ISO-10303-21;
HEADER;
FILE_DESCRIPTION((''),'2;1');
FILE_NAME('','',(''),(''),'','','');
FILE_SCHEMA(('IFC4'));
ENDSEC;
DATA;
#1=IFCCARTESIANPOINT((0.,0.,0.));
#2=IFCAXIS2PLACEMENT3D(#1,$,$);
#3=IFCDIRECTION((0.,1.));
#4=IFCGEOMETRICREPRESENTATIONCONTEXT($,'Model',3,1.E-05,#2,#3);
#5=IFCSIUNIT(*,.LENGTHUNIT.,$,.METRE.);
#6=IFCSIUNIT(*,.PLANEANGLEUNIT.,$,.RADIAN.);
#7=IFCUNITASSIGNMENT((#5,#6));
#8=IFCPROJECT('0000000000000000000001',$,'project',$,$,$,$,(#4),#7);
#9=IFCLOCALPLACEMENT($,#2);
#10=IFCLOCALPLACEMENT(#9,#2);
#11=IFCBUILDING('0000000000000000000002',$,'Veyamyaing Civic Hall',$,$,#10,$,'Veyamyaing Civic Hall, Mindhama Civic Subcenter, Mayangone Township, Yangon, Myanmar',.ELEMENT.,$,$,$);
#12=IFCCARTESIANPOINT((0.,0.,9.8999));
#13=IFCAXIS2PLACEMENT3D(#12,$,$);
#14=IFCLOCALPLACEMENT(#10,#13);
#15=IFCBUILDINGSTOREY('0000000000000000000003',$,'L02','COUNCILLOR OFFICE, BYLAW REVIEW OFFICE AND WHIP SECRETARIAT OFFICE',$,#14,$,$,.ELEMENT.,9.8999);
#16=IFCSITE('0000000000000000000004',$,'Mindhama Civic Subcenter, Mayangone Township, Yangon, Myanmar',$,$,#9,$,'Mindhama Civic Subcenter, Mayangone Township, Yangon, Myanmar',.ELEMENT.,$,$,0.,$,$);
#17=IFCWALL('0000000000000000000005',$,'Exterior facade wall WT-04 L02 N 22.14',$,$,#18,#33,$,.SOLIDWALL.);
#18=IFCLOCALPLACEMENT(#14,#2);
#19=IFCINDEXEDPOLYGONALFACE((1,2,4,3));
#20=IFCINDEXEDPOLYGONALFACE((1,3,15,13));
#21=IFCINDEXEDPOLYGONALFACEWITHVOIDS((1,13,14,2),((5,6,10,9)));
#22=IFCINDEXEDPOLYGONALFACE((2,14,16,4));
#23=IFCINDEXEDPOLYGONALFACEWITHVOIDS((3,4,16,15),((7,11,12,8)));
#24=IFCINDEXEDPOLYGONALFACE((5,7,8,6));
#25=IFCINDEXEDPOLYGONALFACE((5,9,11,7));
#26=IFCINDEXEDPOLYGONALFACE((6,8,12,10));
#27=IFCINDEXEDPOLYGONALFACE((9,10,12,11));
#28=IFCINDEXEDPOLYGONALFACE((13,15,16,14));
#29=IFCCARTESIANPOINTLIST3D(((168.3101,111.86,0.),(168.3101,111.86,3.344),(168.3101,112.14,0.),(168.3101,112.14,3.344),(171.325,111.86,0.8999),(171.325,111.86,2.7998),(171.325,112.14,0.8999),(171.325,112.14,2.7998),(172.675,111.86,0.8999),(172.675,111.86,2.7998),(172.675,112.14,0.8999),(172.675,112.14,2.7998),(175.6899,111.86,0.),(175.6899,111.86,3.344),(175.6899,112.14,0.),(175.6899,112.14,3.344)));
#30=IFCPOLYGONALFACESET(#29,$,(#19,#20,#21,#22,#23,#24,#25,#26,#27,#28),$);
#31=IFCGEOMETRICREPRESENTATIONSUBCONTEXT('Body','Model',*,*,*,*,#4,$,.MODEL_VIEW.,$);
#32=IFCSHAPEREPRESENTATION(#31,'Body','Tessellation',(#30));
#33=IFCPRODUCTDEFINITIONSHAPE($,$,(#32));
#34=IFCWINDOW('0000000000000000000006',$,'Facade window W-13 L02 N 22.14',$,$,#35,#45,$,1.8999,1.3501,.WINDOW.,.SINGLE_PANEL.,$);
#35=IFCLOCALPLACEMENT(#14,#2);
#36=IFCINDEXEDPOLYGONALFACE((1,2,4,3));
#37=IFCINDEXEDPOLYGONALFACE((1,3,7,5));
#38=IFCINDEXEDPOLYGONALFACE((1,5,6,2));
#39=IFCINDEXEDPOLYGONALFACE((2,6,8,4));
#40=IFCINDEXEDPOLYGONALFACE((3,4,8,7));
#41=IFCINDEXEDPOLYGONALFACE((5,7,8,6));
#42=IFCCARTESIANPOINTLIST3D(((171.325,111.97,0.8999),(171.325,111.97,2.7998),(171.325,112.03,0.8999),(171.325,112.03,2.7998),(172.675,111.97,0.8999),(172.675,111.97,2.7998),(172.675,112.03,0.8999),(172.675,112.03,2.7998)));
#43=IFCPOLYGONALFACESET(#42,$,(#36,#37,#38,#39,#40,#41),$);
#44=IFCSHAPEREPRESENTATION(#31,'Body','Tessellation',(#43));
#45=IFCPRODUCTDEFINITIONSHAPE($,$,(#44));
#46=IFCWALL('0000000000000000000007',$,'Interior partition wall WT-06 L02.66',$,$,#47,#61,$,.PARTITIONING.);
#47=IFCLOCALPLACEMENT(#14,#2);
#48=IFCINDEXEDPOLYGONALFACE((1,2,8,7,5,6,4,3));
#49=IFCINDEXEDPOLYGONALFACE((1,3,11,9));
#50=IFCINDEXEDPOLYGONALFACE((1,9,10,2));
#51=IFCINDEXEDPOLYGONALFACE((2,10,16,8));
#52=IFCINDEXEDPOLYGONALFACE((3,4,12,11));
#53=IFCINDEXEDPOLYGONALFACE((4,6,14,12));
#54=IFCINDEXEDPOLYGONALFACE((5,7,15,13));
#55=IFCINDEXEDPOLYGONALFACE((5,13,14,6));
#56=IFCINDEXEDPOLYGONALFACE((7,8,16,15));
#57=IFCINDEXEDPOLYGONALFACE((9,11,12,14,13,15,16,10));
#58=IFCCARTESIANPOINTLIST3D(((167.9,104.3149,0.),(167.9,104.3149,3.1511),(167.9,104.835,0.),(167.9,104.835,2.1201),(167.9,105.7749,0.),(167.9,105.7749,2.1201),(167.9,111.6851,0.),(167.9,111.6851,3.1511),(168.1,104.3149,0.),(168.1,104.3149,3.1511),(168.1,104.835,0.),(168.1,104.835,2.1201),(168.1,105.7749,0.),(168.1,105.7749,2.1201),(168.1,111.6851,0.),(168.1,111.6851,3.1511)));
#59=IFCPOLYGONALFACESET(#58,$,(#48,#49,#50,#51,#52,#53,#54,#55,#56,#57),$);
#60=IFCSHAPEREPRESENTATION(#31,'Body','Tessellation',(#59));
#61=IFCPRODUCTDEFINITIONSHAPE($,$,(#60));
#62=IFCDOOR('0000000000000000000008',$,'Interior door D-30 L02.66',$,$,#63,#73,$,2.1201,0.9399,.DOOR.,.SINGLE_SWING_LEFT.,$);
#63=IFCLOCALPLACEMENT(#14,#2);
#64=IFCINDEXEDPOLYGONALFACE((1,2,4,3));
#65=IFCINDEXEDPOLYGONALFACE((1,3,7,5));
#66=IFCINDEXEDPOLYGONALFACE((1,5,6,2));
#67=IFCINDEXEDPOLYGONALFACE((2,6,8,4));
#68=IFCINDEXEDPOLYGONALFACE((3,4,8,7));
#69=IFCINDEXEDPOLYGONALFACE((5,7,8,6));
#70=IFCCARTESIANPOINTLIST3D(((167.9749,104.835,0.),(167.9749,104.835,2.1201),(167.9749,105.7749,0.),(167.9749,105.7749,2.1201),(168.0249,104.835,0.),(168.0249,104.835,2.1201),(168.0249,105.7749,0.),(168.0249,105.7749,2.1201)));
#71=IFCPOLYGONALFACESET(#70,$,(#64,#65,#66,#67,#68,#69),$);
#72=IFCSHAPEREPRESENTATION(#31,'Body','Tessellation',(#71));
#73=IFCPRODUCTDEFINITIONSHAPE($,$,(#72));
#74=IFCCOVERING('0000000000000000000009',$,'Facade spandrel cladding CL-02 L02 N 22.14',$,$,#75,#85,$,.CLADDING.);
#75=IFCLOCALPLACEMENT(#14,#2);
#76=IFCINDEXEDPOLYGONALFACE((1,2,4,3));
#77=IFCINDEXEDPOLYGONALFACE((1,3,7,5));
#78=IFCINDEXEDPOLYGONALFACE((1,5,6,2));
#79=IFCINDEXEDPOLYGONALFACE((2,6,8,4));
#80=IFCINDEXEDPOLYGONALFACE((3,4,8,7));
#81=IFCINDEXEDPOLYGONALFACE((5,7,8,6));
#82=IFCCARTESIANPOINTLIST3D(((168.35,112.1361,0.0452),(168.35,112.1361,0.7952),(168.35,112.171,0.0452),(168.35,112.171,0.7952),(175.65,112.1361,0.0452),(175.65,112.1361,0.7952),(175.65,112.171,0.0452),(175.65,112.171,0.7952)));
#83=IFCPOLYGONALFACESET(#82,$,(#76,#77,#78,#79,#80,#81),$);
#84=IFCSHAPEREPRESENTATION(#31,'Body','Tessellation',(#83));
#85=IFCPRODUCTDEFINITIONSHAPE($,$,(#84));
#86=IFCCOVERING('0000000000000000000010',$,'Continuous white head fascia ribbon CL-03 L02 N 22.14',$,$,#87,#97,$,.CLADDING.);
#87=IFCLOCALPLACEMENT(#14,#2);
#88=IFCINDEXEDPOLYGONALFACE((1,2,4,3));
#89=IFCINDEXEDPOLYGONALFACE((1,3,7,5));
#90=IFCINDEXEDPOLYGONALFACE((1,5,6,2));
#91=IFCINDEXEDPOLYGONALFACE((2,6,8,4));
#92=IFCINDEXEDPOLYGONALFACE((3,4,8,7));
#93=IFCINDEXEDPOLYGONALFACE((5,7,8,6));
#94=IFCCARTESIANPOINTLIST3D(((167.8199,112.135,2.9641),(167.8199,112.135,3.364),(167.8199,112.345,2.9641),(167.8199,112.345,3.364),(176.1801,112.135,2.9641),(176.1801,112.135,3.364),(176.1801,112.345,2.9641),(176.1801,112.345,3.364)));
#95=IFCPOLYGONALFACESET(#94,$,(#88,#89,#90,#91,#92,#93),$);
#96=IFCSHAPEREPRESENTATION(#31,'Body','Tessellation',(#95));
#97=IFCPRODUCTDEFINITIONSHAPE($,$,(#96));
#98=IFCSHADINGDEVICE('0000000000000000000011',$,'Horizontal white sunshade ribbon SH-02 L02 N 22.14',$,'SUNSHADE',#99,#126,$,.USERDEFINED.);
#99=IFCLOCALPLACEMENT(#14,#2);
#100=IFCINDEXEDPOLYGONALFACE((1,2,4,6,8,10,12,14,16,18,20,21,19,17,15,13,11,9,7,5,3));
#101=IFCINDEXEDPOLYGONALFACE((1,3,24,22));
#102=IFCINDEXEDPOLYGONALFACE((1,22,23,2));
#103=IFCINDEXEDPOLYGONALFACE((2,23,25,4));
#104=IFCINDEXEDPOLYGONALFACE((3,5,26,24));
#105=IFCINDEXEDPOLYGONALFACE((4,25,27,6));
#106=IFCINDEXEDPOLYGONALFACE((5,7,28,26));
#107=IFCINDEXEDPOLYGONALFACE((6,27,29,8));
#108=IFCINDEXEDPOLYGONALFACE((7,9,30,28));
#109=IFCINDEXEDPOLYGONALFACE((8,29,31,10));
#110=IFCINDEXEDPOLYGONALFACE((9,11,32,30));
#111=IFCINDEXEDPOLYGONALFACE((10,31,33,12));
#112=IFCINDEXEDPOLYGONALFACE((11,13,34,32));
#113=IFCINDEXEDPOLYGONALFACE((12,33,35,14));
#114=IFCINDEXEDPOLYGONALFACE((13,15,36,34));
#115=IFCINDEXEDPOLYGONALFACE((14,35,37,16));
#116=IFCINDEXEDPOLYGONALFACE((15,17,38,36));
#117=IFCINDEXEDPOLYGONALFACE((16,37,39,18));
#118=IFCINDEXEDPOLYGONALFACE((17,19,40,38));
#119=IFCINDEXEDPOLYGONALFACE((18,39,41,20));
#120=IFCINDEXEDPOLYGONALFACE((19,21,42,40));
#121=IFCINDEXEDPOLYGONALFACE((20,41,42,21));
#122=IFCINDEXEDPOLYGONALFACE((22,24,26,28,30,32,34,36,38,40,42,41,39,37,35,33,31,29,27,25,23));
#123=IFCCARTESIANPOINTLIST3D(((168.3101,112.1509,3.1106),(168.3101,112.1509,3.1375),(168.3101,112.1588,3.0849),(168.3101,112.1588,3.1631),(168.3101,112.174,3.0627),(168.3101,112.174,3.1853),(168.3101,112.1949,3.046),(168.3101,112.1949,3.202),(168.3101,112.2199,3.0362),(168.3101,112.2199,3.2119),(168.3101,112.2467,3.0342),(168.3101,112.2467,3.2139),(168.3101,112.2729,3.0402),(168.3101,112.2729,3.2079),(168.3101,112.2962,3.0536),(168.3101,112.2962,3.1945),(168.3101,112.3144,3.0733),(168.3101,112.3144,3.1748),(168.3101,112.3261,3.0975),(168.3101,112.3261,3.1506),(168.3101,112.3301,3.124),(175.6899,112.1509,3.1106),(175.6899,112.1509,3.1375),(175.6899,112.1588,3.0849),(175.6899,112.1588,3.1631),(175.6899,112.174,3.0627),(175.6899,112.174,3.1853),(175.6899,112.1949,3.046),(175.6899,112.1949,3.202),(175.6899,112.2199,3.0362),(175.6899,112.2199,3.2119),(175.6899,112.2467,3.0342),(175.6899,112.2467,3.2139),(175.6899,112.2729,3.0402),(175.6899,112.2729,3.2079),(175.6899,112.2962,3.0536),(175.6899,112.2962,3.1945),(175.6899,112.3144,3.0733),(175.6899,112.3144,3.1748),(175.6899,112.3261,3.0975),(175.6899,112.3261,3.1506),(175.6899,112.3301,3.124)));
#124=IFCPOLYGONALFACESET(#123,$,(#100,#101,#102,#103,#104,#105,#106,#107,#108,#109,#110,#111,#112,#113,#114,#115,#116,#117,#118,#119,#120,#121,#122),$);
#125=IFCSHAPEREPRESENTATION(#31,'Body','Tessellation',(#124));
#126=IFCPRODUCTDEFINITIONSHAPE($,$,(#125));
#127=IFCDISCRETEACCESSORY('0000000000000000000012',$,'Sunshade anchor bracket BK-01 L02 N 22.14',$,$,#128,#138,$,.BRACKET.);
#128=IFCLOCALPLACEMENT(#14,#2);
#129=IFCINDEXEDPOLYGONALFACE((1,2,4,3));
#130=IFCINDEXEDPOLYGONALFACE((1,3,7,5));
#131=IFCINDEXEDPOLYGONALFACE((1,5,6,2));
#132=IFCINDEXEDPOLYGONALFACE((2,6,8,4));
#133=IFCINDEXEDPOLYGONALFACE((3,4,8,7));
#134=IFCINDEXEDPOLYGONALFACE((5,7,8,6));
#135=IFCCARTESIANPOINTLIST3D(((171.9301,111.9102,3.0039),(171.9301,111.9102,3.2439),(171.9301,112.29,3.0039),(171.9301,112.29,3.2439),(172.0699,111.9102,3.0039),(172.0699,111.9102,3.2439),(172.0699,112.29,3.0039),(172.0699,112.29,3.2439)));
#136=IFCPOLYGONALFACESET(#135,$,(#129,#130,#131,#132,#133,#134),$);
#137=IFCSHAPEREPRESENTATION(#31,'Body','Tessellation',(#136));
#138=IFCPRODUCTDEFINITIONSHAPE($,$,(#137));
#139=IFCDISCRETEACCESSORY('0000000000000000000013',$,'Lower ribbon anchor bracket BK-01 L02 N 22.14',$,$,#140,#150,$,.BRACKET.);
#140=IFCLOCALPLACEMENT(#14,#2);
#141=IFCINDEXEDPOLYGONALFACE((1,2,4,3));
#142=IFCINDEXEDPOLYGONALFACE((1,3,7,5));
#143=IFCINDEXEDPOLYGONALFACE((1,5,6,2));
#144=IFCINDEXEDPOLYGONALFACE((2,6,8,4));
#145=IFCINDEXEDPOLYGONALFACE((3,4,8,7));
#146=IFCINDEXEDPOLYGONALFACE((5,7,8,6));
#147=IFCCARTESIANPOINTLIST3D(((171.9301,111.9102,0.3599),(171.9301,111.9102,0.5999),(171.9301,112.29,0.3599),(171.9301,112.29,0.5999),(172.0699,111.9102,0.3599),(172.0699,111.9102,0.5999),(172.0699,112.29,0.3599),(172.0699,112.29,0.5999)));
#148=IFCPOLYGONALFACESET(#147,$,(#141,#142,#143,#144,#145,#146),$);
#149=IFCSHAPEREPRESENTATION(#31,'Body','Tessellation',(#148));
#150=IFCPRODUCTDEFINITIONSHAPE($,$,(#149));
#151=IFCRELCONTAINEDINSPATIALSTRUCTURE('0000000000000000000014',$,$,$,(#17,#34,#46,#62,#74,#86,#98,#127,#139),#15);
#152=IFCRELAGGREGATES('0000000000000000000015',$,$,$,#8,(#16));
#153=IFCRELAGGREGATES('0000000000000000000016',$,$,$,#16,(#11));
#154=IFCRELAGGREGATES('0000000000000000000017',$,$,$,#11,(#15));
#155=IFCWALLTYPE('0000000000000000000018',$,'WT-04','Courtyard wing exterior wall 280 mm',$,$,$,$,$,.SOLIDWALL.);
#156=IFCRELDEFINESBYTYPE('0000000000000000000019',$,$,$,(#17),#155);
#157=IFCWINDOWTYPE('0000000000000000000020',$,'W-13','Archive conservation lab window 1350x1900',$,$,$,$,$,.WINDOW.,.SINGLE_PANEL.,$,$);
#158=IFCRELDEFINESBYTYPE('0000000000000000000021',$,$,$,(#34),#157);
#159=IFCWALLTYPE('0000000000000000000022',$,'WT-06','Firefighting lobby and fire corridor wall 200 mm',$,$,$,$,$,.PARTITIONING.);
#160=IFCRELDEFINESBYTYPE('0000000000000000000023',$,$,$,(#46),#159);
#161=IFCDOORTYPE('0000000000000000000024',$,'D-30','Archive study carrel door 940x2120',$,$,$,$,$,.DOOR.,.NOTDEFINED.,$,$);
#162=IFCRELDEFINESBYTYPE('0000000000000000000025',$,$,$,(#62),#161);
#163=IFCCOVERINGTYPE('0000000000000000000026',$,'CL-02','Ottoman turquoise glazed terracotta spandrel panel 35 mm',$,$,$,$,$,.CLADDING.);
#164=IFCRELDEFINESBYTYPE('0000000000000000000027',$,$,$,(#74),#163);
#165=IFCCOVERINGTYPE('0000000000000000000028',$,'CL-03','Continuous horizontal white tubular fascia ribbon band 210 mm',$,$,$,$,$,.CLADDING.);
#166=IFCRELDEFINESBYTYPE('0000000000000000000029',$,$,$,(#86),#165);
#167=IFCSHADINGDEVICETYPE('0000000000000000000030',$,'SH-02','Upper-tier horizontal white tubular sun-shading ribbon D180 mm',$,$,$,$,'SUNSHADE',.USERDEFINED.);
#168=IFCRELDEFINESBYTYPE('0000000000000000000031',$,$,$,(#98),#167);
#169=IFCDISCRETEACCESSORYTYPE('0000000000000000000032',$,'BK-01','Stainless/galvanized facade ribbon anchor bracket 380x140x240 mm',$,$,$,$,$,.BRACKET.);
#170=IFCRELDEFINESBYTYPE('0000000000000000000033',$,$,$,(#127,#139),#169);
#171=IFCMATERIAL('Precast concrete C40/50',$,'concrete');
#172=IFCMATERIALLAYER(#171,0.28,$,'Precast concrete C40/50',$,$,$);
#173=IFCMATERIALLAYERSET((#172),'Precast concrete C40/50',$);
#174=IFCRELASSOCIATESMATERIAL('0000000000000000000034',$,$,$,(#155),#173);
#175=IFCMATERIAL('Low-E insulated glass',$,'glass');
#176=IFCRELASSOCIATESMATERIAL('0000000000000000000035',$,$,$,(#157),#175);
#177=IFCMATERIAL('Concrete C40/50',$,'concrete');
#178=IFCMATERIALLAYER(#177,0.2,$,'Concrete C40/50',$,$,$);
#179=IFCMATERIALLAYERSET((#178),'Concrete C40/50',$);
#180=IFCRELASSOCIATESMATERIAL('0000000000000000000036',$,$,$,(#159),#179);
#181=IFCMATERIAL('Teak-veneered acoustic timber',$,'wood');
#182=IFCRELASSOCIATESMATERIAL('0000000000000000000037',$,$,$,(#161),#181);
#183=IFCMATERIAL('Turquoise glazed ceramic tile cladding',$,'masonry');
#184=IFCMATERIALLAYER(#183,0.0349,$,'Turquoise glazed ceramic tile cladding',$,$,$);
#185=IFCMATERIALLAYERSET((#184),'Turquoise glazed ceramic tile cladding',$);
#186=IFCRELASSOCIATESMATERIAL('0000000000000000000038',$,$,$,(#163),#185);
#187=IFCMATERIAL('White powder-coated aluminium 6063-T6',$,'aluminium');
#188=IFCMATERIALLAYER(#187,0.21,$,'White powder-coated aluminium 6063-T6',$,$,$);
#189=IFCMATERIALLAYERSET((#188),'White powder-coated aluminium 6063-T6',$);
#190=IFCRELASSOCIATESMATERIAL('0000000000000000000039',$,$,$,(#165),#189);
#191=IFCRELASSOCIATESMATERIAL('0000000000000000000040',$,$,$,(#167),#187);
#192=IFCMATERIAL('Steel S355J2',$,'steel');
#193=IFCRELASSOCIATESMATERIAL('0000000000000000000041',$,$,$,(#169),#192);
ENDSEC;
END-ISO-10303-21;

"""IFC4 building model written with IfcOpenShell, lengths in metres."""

from ifc_helpers import new_model, si_unit, direction, frame, frame_2d, origin, origin_2d, place, context, subcontext, project, spatial, rectangle, circle, extrude, material, layer, layer_set, material_profile, profile_set, type_object, element, fill, save


model = new_model("IFC4")

# Units and contexts
model_context = context("Model", 3, precision=1e-05, world=origin(), true_north=direction((0.0, 1.0)))
body_context = subcontext(model_context, "Body", "Model", "MODEL_VIEW")
ifc_project = project(units=[si_unit("LENGTHUNIT", "METRE"), si_unit("PLANEANGLEUNIT", "RADIAN")], contexts=[model_context])

# Site, building, storey
site_placement = place(None, origin())
site = spatial("IfcSite", under=ifc_project, at=site_placement, Name="Mindhama Civic Subcenter, Mayangone Township, Yangon, Myanmar", LongName="Mindhama Civic Subcenter, Mayangone Township, Yangon, Myanmar", CompositionType="ELEMENT", RefElevation=0.0)
building_placement = place(site_placement, origin())
building = spatial("IfcBuilding", under=site, at=building_placement, Name="Veyamyaing Civic Hall", LongName="Veyamyaing Civic Hall, Mindhama Civic Subcenter, Mayangone Township, Yangon, Myanmar", CompositionType="ELEMENT")
storey_placement = place(building_placement, frame((0.0, 0.0, 9.8999)))
storey = spatial("IfcBuildingStorey", under=building, at=storey_placement, Name="L02", Description="COUNCILLOR OFFICE, BYLAW REVIEW OFFICE AND WHIP SECRETARIAT OFFICE", CompositionType="ELEMENT", Elevation=9.8999)

# Shared definitions
ifc_material_1 = material(Name="Low-E insulated glass", Category="glass")

# Wall, opening, window
ifc_material_2 = material(Name="Precast concrete C40/50", Category="concrete")
ifc_layer_1 = layer(ifc_material_2, 0.28, Name="Precast concrete C40/50")
ifc_layer_set_1 = layer_set([ifc_layer_1], Name="Precast concrete C40/50")
wall_type_1 = type_object("IfcWallType", Name="WT-04", Description="Courtyard wing exterior wall 280 mm", PredefinedType="SOLIDWALL", material=ifc_layer_set_1)
wall_1_placement = place(storey_placement, frame((168.3101, 112.0, 0.0), z_axis=(0.0, 0.0, 1.0), x_axis=(1.0, 0.0, 0.0)))
wall_1 = element("IfcWall", 1, at=wall_1_placement, inside=storey, type_object=wall_type_1, Name="Exterior facade wall WT-04 L02 N 22.14", PredefinedType="SOLIDWALL", context=body_context, shape_type="SweptSolid", body=[
    extrude(rectangle(XDim=7.3799, YDim=0.28, at=frame_2d((3.6899, 0.0))), origin(), (0.0, 0.0, 1.0), 3.344),
])
opening_1_placement = place(wall_1_placement, frame((3.0149, 0.0, 0.8999)))
opening_1 = element("IfcOpeningElement", 2, at=opening_1_placement, cuts=wall_1, PredefinedType="OPENING", context=body_context, shape_type="SweptSolid", body=[
    extrude(rectangle(XDim=1.3501, YDim=1.8999, at=frame_2d((0.675, 0.95))), frame((0.0, 0.1499, 0.0), z_axis=(0.0, -1.0, 0.0), x_axis=(1.0, 0.0, 0.0)), (0.0, 0.0, 1.0), 0.3),
])
window_type = type_object("IfcWindowType", Name="W-13", Description="Archive conservation lab window 1350x1900", PartitioningType="SINGLE_PANEL", PredefinedType="WINDOW", material=ifc_material_1)
window_placement = place(opening_1_placement, origin())
window = element("IfcWindow", 3, at=window_placement, inside=storey, type_object=window_type, Name="Facade window W-13 L02 N 22.14", OverallHeight=1.8999, OverallWidth=1.3501, PartitioningType="SINGLE_PANEL", PredefinedType="WINDOW", context=body_context, shape_type="SweptSolid", body=[
    extrude(rectangle(XDim=1.3501, YDim=1.8999, at=frame_2d((0.675, 0.95))), frame((0.0, 0.03, 0.0), z_axis=(0.0, -1.0, 0.0), x_axis=(1.0, 0.0, 0.0)), (0.0, 0.0, 1.0), 0.0601),
])
fill(opening_1, window)

# Wall, opening, door
ifc_material_3 = material(Name="Concrete C40/50", Category="concrete")
ifc_layer_2 = layer(ifc_material_3, 0.2, Name="Concrete C40/50")
ifc_layer_set_2 = layer_set([ifc_layer_2], Name="Concrete C40/50")
wall_type_2 = type_object("IfcWallType", Name="WT-06", Description="Firefighting lobby and fire corridor wall 200 mm", PredefinedType="PARTITIONING", material=ifc_layer_set_2)
wall_2_placement = place(storey_placement, frame((168.0, 104.3149, 0.0), z_axis=(0.0, 0.0, 1.0), x_axis=(0.0, 1.0, 0.0)))
wall_2 = element("IfcWall", 4, at=wall_2_placement, inside=storey, type_object=wall_type_2, Name="Interior partition wall WT-06 L02.66", PredefinedType="PARTITIONING", context=body_context, shape_type="SweptSolid", body=[
    extrude(rectangle(XDim=7.3701, YDim=0.2, at=frame_2d((3.6851, 0.0))), origin(), (0.0, 0.0, 1.0), 3.1511),
])
opening_2_placement = place(wall_2_placement, frame((0.52, 0.0, 0.0)))
opening_2 = element("IfcOpeningElement", 5, at=opening_2_placement, cuts=wall_2, PredefinedType="OPENING", context=body_context, shape_type="SweptSolid", body=[
    extrude(rectangle(XDim=0.9399, YDim=2.1201, at=frame_2d((0.47, 1.0601))), frame((0.0, 0.1099, 0.0), z_axis=(0.0, -1.0, 0.0), x_axis=(1.0, 0.0, 0.0)), (0.0, 0.0, 1.0), 0.22),
])
ifc_material_4 = material(Name="Teak-veneered acoustic timber", Category="wood")
door_type = type_object("IfcDoorType", Name="D-30", Description="Archive study carrel door 940x2120", OperationType="NOTDEFINED", PredefinedType="DOOR", material=ifc_material_4)
door_placement = place(opening_2_placement, frame((0.9399, 0.0, 0.0), z_axis=(0.0, 0.0, 1.0), x_axis=(-1.0, 0.0, 0.0)))
door = element("IfcDoor", 6, at=door_placement, inside=storey, type_object=door_type, Name="Interior door D-30 L02.66", OperationType="SINGLE_SWING_LEFT", OverallHeight=2.1201, OverallWidth=0.9399, PredefinedType="DOOR", context=body_context, shape_type="SweptSolid", body=[
    extrude(rectangle(XDim=0.9399, YDim=2.1201, at=frame_2d((0.47, 1.0601))), frame((0.0, 0.0249, 0.0), z_axis=(0.0, -1.0, 0.0), x_axis=(1.0, 0.0, 0.0)), (0.0, 0.0, 1.0), 0.05),
])
fill(opening_2, door)

# Coverings
ifc_material_5 = material(Name="Turquoise glazed ceramic tile cladding", Category="masonry")
ifc_layer_3 = layer(ifc_material_5, 0.0349, Name="Turquoise glazed ceramic tile cladding")
ifc_layer_set_3 = layer_set([ifc_layer_3], Name="Turquoise glazed ceramic tile cladding")
covering_type_1 = type_object("IfcCoveringType", Name="CL-02", Description="Ottoman turquoise glazed terracotta spandrel panel 35 mm", PredefinedType="CLADDING", material=ifc_layer_set_3)
covering_1_placement = place(storey_placement, frame((172.0, 112.1536, 0.0452), z_axis=(0.0, 0.0, 1.0), x_axis=(1.0, 0.0, 0.0)))
element("IfcCovering", 7, at=covering_1_placement, inside=storey, type_object=covering_type_1, Name="Facade spandrel cladding CL-02 L02 N 22.14", PredefinedType="CLADDING", context=body_context, shape_type="SweptSolid", body=[
    extrude(rectangle(XDim=7.3, YDim=0.0349, at=origin_2d()), origin(), (0.0, 0.0, 1.0), 0.75),
])
ifc_material_6 = material(Name="White powder-coated aluminium 6063-T6", Category="aluminium")
ifc_layer_4 = layer(ifc_material_6, 0.21, Name="White powder-coated aluminium 6063-T6")
ifc_layer_set_4 = layer_set([ifc_layer_4], Name="White powder-coated aluminium 6063-T6")
covering_type_2 = type_object("IfcCoveringType", Name="CL-03", Description="Continuous horizontal white tubular fascia ribbon band 210 mm", PredefinedType="CLADDING", material=ifc_layer_set_4)
covering_2_placement = place(storey_placement, frame((172.0, 112.24, 2.9641), z_axis=(0.0, 0.0, 1.0), x_axis=(1.0, 0.0, 0.0)))
element("IfcCovering", 8, at=covering_2_placement, inside=storey, type_object=covering_type_2, Name="Continuous white head fascia ribbon CL-03 L02 N 22.14", PredefinedType="CLADDING", context=body_context, shape_type="SweptSolid", body=[
    extrude(rectangle(XDim=8.3601, YDim=0.21, at=origin_2d()), origin(), (0.0, 0.0, 1.0), 0.3999),
])

# Shading device
ifc_material_profile_1 = material_profile(ifc_material_6, circle(Radius=0.0901, at=origin_2d()), Name="SHADE-TUBE-180")
ifc_profile_set_1 = profile_set([ifc_material_profile_1], Name="White powder-coated aluminium 6063-T6")
shading_device_type = type_object("IfcShadingDeviceType", Name="SH-02", Description="Upper-tier horizontal white tubular sun-shading ribbon D180 mm", ElementType="SUNSHADE", PredefinedType="USERDEFINED", material=ifc_profile_set_1)
shading_device_placement = place(storey_placement, frame((168.3101, 112.24, 3.124), z_axis=(1.0, 0.0, 0.0), x_axis=(0.0, 1.0, 0.0)))
element("IfcShadingDevice", 9, at=shading_device_placement, inside=storey, type_object=shading_device_type, Name="Horizontal white sunshade ribbon SH-02 L02 N 22.14", ObjectType="SUNSHADE", PredefinedType="USERDEFINED", context=body_context, shape_type="SweptSolid", body=[
    extrude(circle(Radius=0.0901, at=origin_2d()), origin(), (0.0, 0.0, 1.0), 7.3799),
])

# Discrete accessories
ifc_material_7 = material(Name="Steel S355J2", Category="steel")
discrete_accessory_type = type_object("IfcDiscreteAccessoryType", Name="BK-01", Description="Stainless/galvanized facade ribbon anchor bracket 380x140x240 mm", PredefinedType="BRACKET", material=ifc_material_7)
for number, where, z_axis, x_axis, name in (
    (10, (172.0, 112.1001, 3.0039), (0.0, 0.0, 1.0), (0.0, 1.0, 0.0), "Sunshade anchor bracket BK-01 L02 N 22.14"),
    (11, (172.0, 112.1001, 0.3599), (0.0, 0.0, 1.0), (0.0, 1.0, 0.0), "Lower ribbon anchor bracket BK-01 L02 N 22.14"),
):
    element("IfcDiscreteAccessory", number, at=place(storey_placement, frame(where, z_axis=z_axis, x_axis=x_axis)), inside=storey, type_object=discrete_accessory_type, Name=name, PredefinedType="BRACKET", context=body_context, shape_type="SweptSolid", body=[
        extrude(rectangle(XDim=0.3799, YDim=0.1399, at=origin_2d()), origin(), (0.0, 0.0, 1.0), 0.24),
    ])

save(model, "model.ifc")
